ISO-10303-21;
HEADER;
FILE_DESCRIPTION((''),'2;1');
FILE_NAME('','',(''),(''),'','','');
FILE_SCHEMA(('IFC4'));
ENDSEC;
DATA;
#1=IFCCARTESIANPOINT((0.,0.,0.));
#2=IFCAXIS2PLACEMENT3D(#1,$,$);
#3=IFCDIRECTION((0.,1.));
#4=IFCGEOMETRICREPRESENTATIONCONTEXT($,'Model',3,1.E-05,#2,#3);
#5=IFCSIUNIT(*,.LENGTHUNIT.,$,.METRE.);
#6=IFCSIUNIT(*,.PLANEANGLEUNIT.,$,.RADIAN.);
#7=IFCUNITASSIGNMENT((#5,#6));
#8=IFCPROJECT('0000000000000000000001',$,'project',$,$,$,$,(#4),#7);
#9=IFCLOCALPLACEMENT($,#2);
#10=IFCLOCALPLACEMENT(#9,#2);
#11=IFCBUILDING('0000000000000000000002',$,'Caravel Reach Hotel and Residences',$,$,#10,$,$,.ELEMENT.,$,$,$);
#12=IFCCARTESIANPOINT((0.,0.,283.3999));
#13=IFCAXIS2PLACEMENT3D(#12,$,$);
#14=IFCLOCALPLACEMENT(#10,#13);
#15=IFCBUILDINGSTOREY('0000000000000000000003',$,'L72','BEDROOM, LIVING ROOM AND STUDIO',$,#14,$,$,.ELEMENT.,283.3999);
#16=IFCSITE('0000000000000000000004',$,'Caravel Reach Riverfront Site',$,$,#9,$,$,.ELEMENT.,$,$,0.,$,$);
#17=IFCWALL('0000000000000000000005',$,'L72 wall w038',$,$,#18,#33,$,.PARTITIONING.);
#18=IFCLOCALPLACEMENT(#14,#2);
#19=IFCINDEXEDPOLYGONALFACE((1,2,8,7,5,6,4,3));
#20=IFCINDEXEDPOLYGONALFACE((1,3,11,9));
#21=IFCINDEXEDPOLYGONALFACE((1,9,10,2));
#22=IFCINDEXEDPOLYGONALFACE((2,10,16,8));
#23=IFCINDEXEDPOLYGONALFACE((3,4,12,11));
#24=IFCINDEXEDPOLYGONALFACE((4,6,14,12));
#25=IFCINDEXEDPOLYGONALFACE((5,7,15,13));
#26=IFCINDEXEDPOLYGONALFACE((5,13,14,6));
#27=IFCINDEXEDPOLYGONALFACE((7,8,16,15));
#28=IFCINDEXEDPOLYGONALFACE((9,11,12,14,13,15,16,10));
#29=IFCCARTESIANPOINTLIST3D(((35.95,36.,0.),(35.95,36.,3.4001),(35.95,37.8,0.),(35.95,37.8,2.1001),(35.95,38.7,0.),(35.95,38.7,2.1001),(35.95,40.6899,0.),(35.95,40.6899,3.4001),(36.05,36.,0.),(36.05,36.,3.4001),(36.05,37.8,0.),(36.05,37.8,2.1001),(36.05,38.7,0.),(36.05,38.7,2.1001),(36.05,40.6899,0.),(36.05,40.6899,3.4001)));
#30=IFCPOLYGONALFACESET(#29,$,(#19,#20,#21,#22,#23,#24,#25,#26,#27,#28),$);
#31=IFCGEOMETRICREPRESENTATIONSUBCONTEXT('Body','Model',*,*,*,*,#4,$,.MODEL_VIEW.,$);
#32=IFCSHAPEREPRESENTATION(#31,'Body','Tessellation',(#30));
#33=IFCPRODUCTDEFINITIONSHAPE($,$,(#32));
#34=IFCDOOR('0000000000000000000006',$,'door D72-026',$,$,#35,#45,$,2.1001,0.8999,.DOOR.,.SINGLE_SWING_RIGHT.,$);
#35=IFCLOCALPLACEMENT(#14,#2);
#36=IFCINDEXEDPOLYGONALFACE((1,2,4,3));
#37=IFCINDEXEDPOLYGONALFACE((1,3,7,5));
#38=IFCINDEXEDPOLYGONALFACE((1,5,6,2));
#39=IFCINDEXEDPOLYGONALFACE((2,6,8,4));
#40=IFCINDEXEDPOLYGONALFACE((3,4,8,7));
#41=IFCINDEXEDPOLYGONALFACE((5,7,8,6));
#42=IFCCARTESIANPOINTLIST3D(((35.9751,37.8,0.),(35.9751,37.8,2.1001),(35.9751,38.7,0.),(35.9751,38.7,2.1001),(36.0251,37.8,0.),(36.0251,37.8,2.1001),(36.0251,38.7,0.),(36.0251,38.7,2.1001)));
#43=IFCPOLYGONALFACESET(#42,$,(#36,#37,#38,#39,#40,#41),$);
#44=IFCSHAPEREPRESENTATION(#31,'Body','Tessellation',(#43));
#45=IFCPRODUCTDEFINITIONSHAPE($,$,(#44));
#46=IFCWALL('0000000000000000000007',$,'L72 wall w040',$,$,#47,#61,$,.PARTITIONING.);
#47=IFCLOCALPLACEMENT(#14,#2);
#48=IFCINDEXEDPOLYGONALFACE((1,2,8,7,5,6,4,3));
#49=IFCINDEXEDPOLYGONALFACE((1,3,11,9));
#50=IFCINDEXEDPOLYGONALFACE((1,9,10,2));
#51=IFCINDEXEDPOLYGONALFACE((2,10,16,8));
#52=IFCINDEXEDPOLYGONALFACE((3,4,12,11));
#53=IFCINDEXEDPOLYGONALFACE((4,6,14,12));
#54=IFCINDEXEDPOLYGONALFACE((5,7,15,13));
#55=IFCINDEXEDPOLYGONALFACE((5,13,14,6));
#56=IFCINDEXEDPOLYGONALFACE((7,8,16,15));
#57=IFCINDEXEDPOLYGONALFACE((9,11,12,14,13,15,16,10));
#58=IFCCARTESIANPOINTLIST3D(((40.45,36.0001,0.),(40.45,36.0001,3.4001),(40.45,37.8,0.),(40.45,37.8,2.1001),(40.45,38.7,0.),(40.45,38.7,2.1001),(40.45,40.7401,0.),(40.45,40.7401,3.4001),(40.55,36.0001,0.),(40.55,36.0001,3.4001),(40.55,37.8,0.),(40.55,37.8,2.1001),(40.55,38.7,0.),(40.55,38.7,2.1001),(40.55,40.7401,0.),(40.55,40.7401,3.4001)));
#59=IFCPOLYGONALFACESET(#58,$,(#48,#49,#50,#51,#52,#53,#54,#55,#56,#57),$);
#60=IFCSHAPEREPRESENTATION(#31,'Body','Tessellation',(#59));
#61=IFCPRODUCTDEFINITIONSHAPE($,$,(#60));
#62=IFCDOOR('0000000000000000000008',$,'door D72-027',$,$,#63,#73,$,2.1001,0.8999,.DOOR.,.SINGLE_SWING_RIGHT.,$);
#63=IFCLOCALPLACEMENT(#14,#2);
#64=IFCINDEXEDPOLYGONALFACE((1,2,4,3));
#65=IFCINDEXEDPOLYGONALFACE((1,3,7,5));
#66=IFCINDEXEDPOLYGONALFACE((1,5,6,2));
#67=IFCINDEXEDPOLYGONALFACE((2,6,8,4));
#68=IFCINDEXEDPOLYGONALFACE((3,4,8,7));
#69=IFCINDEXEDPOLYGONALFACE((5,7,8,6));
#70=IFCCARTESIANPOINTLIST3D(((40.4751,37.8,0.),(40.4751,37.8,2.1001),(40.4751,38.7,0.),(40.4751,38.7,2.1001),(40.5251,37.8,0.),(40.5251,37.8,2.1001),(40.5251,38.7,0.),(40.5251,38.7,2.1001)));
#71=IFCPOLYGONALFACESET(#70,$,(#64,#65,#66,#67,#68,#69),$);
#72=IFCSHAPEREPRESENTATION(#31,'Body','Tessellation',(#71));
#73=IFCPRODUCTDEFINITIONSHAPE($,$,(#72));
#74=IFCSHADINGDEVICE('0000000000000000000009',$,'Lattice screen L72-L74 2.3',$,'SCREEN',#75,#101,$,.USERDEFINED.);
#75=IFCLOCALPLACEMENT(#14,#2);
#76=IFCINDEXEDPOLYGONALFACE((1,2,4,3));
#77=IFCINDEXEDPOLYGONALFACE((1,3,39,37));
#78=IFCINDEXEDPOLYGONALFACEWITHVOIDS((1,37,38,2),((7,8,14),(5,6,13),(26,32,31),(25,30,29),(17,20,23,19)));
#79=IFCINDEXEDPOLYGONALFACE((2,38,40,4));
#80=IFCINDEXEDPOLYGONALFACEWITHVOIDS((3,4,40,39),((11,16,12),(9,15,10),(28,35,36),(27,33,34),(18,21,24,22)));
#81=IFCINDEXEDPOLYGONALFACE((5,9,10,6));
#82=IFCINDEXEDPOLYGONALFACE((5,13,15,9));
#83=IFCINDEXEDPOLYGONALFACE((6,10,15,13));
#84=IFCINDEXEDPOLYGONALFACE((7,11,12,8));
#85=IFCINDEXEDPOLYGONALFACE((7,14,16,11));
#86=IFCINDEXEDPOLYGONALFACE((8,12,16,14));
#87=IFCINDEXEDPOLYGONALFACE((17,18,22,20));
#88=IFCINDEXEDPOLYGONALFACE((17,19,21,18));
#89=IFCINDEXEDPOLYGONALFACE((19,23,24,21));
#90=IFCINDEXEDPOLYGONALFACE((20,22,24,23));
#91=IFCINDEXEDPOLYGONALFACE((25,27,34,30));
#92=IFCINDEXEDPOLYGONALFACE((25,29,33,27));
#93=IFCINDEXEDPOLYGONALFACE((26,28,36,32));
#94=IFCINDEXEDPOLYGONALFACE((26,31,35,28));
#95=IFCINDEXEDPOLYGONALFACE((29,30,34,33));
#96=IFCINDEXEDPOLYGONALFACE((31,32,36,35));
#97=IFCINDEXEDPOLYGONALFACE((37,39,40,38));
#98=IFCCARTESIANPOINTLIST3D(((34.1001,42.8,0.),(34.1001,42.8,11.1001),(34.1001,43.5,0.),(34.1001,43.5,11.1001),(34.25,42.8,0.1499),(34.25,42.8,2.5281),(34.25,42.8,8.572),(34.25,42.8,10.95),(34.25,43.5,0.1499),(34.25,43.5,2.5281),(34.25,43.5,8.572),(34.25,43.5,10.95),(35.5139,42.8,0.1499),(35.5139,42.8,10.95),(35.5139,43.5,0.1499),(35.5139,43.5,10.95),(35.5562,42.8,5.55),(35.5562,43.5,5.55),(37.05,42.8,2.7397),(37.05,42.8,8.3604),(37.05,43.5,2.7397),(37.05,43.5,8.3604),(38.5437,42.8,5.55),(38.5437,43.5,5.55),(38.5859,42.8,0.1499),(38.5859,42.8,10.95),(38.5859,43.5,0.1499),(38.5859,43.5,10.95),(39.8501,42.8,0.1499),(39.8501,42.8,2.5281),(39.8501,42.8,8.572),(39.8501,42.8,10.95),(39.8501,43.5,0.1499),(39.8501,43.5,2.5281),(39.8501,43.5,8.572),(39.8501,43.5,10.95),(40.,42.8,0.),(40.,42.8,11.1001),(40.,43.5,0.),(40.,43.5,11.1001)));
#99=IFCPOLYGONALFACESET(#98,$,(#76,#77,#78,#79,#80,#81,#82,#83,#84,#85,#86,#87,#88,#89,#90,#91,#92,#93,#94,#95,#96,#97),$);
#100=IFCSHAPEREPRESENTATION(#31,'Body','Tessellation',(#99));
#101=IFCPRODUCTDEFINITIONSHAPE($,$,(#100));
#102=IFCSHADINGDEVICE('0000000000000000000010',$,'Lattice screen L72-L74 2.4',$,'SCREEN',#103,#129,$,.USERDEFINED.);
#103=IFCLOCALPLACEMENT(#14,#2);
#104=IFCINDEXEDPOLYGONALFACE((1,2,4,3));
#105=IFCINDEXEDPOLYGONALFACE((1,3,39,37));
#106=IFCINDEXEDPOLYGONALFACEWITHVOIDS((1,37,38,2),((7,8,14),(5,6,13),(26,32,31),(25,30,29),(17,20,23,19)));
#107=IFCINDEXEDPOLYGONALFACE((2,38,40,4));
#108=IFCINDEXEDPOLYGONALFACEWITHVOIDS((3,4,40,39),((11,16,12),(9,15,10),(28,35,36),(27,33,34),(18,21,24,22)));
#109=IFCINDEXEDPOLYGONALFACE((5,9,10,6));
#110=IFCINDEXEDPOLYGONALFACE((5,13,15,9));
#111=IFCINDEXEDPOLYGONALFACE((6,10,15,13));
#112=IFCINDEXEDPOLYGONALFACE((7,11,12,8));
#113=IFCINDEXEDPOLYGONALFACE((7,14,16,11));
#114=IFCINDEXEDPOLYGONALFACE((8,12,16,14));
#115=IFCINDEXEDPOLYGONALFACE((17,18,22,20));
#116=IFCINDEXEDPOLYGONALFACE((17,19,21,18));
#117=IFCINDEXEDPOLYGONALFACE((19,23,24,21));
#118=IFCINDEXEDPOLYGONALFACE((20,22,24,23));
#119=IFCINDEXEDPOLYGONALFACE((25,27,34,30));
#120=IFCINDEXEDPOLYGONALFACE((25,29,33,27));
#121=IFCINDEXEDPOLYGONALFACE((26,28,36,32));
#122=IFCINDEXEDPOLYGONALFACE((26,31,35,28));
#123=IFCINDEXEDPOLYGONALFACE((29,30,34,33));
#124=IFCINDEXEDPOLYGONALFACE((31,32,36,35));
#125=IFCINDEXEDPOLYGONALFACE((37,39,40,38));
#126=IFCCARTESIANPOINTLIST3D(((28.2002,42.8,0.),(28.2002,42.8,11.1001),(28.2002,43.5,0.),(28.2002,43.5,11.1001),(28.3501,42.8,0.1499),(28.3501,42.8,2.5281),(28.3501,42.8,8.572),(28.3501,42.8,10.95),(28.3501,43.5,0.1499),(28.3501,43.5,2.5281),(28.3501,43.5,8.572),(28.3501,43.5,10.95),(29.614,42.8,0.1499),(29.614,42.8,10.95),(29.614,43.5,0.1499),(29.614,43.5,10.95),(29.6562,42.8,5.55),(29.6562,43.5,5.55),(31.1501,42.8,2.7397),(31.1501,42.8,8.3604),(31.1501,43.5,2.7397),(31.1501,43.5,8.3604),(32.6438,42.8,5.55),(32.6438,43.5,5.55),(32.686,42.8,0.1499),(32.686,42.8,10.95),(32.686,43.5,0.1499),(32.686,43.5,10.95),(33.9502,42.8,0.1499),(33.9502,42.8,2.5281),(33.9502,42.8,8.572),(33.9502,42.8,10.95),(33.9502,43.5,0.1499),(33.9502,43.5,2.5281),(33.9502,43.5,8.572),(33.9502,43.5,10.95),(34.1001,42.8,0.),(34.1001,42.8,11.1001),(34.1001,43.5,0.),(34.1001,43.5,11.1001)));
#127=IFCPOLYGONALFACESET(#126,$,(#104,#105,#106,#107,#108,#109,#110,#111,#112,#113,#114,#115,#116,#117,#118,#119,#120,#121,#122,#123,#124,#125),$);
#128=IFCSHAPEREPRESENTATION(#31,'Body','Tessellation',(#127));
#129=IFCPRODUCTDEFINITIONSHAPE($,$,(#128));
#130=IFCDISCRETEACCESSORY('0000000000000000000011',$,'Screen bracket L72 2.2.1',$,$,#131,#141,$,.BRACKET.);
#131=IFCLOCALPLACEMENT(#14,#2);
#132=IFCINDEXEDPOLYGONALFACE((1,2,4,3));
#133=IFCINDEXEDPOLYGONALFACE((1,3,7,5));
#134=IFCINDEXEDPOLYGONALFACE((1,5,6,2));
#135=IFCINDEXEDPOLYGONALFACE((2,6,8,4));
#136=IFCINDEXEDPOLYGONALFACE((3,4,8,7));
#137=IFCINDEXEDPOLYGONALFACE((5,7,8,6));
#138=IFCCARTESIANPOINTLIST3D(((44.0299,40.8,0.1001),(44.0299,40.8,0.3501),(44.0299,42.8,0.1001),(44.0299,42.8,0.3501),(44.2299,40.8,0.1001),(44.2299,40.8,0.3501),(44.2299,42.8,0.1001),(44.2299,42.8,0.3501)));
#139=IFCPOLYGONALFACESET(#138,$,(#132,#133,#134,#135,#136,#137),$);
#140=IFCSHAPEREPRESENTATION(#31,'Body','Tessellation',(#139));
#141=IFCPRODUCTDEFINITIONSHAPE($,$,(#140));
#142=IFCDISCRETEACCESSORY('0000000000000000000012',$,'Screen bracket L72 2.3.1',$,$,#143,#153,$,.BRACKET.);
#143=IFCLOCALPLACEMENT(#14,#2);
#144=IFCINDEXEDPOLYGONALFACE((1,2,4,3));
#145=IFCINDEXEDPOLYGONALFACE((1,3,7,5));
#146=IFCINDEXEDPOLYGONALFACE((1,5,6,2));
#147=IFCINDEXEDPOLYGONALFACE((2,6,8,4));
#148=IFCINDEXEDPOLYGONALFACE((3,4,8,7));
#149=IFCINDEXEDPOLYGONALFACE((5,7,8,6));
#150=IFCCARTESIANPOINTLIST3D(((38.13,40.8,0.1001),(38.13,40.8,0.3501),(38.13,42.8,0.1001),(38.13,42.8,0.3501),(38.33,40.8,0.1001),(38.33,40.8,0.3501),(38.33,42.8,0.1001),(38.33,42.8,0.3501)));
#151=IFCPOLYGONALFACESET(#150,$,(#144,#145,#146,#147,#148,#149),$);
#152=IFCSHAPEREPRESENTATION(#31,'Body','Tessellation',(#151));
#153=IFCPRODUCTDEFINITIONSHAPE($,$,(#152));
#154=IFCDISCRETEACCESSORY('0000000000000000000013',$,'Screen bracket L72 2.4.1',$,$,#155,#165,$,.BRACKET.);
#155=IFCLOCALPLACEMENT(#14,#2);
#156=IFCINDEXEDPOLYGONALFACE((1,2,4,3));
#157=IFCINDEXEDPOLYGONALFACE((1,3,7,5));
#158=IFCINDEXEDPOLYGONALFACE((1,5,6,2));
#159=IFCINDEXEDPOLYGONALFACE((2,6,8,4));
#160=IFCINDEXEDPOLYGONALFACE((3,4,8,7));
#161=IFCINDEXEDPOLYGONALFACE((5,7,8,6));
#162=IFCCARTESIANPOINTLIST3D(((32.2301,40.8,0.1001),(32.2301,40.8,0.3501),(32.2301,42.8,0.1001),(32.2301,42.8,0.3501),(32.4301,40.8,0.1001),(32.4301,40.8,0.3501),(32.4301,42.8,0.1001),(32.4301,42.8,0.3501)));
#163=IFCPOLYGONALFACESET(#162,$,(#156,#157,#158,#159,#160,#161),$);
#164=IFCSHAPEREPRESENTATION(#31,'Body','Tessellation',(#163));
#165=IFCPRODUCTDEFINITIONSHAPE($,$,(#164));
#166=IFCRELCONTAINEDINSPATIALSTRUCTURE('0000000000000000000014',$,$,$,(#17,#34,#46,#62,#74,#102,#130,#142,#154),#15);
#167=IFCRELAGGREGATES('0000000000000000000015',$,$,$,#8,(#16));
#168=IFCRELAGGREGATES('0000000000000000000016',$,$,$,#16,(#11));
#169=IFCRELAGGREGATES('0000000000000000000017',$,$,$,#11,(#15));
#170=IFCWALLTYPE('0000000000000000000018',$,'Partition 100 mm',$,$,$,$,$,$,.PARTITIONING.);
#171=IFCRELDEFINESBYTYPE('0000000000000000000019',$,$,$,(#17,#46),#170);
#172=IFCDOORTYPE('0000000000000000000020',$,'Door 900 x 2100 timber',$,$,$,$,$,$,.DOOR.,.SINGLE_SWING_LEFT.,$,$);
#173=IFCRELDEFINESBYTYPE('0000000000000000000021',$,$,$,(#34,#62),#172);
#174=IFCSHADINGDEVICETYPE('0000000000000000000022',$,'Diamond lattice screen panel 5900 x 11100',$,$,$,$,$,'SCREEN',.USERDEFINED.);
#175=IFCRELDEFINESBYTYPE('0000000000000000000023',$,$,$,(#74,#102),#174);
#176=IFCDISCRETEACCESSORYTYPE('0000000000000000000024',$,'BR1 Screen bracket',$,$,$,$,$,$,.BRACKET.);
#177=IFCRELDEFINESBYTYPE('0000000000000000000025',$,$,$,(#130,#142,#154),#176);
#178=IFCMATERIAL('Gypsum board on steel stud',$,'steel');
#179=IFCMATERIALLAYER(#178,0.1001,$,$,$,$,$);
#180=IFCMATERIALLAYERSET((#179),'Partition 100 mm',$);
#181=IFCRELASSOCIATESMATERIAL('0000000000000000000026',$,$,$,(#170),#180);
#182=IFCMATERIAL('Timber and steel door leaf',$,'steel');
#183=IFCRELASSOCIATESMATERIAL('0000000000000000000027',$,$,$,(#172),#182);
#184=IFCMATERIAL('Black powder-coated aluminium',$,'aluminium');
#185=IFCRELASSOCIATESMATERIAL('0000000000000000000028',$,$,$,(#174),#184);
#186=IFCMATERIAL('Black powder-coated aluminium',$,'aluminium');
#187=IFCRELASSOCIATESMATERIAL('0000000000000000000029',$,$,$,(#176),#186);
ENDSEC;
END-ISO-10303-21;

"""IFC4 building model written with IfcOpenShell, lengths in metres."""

from ifc_helpers import new_model, si_unit, direction, frame, frame_2d, origin, origin_2d, place, context, subcontext, project, spatial, polyline, rectangle, outline, extrude, material, layer, layer_set, type_object, element, fill, save


model = new_model("IFC4")

# Units and contexts
model_context = context("Model", 3, precision=1e-05, world=origin(), true_north=direction((0.0, 1.0)))
body_context = subcontext(model_context, "Body", "Model", "MODEL_VIEW")
ifc_project = project(units=[si_unit("LENGTHUNIT", "METRE"), si_unit("PLANEANGLEUNIT", "RADIAN")], contexts=[model_context])

# Site, building, storey
site_placement = place(None, origin())
site = spatial("IfcSite", under=ifc_project, at=site_placement, Name="Caravel Reach Riverfront Site", CompositionType="ELEMENT", RefElevation=0.0)
building_placement = place(site_placement, origin())
building = spatial("IfcBuilding", under=site, at=building_placement, Name="Caravel Reach Hotel and Residences", CompositionType="ELEMENT")
storey_placement = place(building_placement, frame((0.0, 0.0, 283.3999)))
storey = spatial("IfcBuildingStorey", under=building, at=storey_placement, Name="L72", Description="BEDROOM, LIVING ROOM AND STUDIO", CompositionType="ELEMENT", Elevation=283.3999)

# Shared definitions
ifc_material_1 = material(Name="Gypsum board on steel stud", Category="steel")
ifc_layer_1 = layer(ifc_material_1, 0.1001)
ifc_layer_set_1 = layer_set([ifc_layer_1], Name="Partition 100 mm")
wall_type_1 = type_object("IfcWallType", Name="Partition 100 mm", PredefinedType="PARTITIONING", material=ifc_layer_set_1)

# Walls, openings, doors
wall_1_placement = place(storey_placement, frame((36.0, 36.0, 0.0), z_axis=(0.0, 0.0, 1.0), x_axis=(0.0, 1.0, 0.0)))
wall_1 = element("IfcWall", 1, at=wall_1_placement, inside=storey, type_object=wall_type_1, Name="L72 wall w038", PredefinedType="PARTITIONING", context=body_context, shape_type="SweptSolid", body=[
    extrude(rectangle(XDim=4.6899, YDim=0.1001, at=frame_2d((2.345, 0.0))), origin(), (0.0, 0.0, 1.0), 3.4001),
])
opening_1_placement = place(wall_1_placement, frame((1.8, 0.0, 0.0)))
opening_1 = element("IfcOpeningElement", 2, at=opening_1_placement, cuts=wall_1, PredefinedType="OPENING", context=body_context, shape_type="SweptSolid", body=[
    extrude(rectangle(XDim=0.8999, YDim=2.1001, at=frame_2d((0.45, 1.05))), frame((0.0, 0.0601, 0.0), z_axis=(0.0, -1.0, 0.0), x_axis=(1.0, 0.0, 0.0)), (0.0, 0.0, 1.0), 0.1201),
])
ifc_material_2 = material(Name="Timber and steel door leaf", Category="steel")
door_type = type_object("IfcDoorType", Name="Door 900 x 2100 timber", OperationType="SINGLE_SWING_LEFT", PredefinedType="DOOR", material=ifc_material_2)
door_1_placement = place(opening_1_placement, origin())
door_1 = element("IfcDoor", 3, at=door_1_placement, inside=storey, type_object=door_type, Name="door D72-026", OperationType="SINGLE_SWING_RIGHT", OverallHeight=2.1001, OverallWidth=0.8999, PredefinedType="DOOR", context=body_context, shape_type="SweptSolid", body=[
    extrude(rectangle(XDim=0.8999, YDim=2.1001, at=frame_2d((0.45, 1.05))), frame((0.0, 0.0249, 0.0), z_axis=(0.0, -1.0, 0.0), x_axis=(1.0, 0.0, 0.0)), (0.0, 0.0, 1.0), 0.05),
])
fill(opening_1, door_1)
wall_2_placement = place(storey_placement, frame((40.5, 36.0, 0.0), z_axis=(0.0, 0.0, 1.0), x_axis=(0.0, 1.0, 0.0)))
wall_2 = element("IfcWall", 4, at=wall_2_placement, inside=storey, type_object=wall_type_1, Name="L72 wall w040", PredefinedType="PARTITIONING", context=body_context, shape_type="SweptSolid", body=[
    extrude(rectangle(XDim=4.74, YDim=0.1001, at=frame_2d((2.3701, 0.0))), origin(), (0.0, 0.0, 1.0), 3.4001),
])
opening_2_placement = place(wall_2_placement, frame((1.8, 0.0, 0.0)))
opening_2 = element("IfcOpeningElement", 5, at=opening_2_placement, cuts=wall_2, PredefinedType="OPENING", context=body_context, shape_type="SweptSolid", body=[
    extrude(rectangle(XDim=0.8999, YDim=2.1001, at=frame_2d((0.45, 1.05))), frame((0.0, 0.0601, 0.0), z_axis=(0.0, -1.0, 0.0), x_axis=(1.0, 0.0, 0.0)), (0.0, 0.0, 1.0), 0.1201),
])
door_2_placement = place(opening_2_placement, origin())
door_2 = element("IfcDoor", 6, at=door_2_placement, inside=storey, type_object=door_type, Name="door D72-027", OperationType="SINGLE_SWING_RIGHT", OverallHeight=2.1001, OverallWidth=0.8999, PredefinedType="DOOR", context=body_context, shape_type="SweptSolid", body=[
    extrude(rectangle(XDim=0.8999, YDim=2.1001, at=frame_2d((0.45, 1.05))), frame((0.0, 0.0249, 0.0), z_axis=(0.0, -1.0, 0.0), x_axis=(1.0, 0.0, 0.0)), (0.0, 0.0, 1.0), 0.05),
])
fill(opening_2, door_2)

# Shading devices
ifc_material_3 = material(Name="Black powder-coated aluminium", Category="aluminium")
shading_device_type = type_object("IfcShadingDeviceType", Name="Diamond lattice screen panel 5900 x 11100", ElementType="SCREEN", PredefinedType="USERDEFINED", material=ifc_material_3)
for number, where, z_axis, x_axis, name in (
    (7, (40.0, 42.8, 0.0), (0.0, 1.0, 0.0), (-1.0, 0.0, 0.0), "Lattice screen L72-L74 2.3"),
    (8, (34.1001, 42.8, 0.0), (0.0, 1.0, 0.0), (-1.0, 0.0, 0.0), "Lattice screen L72-L74 2.4"),
):
    element("IfcShadingDevice", number, at=place(storey_placement, frame(where, z_axis=z_axis, x_axis=x_axis)), inside=storey, type_object=shading_device_type, Name=name, ObjectType="SCREEN", PredefinedType="USERDEFINED", context=body_context, shape_type="SweptSolid", body=[
        extrude(outline(polyline([(0.0, 0.0), (5.8999, 0.0), (5.8999, 11.1001), (0.0, 11.1001), (0.0, 0.0)]), holes=[polyline([(1.4141, 0.1499), (0.1499, 2.5281), (0.1499, 0.1499), (1.4141, 0.1499)]), polyline([(0.1499, 8.572), (1.4141, 10.95), (0.1499, 10.95), (0.1499, 8.572)]), polyline([(2.95, 8.3604), (1.4563, 5.55), (2.95, 2.7397), (4.4438, 5.55), (2.95, 8.3604)]), polyline([(5.75, 2.5281), (4.4861, 0.1499), (5.75, 0.1499), (5.75, 2.5281)]), polyline([(4.4861, 10.95), (5.75, 8.572), (5.75, 10.95), (4.4861, 10.95)])]), origin(), (0.0, 0.0, 1.0), 0.7),
    ])

# Discrete accessories
ifc_material_4 = material(Name="Black powder-coated aluminium", Category="aluminium")
discrete_accessory_type = type_object("IfcDiscreteAccessoryType", Name="BR1 Screen bracket", PredefinedType="BRACKET", material=ifc_material_4)
for number, where, z_axis, x_axis, name in (
    (9, (44.1299, 41.8, 0.1001), (0.0, 0.0, 1.0), (0.0, 1.0, 0.0), "Screen bracket L72 2.2.1"),
    (10, (38.23, 41.8, 0.1001), (0.0, 0.0, 1.0), (0.0, 1.0, 0.0), "Screen bracket L72 2.3.1"),
    (11, (32.3301, 41.8, 0.1001), (0.0, 0.0, 1.0), (0.0, 1.0, 0.0), "Screen bracket L72 2.4.1"),
):
    element("IfcDiscreteAccessory", number, at=place(storey_placement, frame(where, z_axis=z_axis, x_axis=x_axis)), inside=storey, type_object=discrete_accessory_type, Name=name, PredefinedType="BRACKET", context=body_context, shape_type="SweptSolid", body=[
        extrude(rectangle(XDim=2.0, YDim=0.2, at=origin_2d()), origin(), (0.0, 0.0, 1.0), 0.25),
    ])

save(model, "model.ifc")
